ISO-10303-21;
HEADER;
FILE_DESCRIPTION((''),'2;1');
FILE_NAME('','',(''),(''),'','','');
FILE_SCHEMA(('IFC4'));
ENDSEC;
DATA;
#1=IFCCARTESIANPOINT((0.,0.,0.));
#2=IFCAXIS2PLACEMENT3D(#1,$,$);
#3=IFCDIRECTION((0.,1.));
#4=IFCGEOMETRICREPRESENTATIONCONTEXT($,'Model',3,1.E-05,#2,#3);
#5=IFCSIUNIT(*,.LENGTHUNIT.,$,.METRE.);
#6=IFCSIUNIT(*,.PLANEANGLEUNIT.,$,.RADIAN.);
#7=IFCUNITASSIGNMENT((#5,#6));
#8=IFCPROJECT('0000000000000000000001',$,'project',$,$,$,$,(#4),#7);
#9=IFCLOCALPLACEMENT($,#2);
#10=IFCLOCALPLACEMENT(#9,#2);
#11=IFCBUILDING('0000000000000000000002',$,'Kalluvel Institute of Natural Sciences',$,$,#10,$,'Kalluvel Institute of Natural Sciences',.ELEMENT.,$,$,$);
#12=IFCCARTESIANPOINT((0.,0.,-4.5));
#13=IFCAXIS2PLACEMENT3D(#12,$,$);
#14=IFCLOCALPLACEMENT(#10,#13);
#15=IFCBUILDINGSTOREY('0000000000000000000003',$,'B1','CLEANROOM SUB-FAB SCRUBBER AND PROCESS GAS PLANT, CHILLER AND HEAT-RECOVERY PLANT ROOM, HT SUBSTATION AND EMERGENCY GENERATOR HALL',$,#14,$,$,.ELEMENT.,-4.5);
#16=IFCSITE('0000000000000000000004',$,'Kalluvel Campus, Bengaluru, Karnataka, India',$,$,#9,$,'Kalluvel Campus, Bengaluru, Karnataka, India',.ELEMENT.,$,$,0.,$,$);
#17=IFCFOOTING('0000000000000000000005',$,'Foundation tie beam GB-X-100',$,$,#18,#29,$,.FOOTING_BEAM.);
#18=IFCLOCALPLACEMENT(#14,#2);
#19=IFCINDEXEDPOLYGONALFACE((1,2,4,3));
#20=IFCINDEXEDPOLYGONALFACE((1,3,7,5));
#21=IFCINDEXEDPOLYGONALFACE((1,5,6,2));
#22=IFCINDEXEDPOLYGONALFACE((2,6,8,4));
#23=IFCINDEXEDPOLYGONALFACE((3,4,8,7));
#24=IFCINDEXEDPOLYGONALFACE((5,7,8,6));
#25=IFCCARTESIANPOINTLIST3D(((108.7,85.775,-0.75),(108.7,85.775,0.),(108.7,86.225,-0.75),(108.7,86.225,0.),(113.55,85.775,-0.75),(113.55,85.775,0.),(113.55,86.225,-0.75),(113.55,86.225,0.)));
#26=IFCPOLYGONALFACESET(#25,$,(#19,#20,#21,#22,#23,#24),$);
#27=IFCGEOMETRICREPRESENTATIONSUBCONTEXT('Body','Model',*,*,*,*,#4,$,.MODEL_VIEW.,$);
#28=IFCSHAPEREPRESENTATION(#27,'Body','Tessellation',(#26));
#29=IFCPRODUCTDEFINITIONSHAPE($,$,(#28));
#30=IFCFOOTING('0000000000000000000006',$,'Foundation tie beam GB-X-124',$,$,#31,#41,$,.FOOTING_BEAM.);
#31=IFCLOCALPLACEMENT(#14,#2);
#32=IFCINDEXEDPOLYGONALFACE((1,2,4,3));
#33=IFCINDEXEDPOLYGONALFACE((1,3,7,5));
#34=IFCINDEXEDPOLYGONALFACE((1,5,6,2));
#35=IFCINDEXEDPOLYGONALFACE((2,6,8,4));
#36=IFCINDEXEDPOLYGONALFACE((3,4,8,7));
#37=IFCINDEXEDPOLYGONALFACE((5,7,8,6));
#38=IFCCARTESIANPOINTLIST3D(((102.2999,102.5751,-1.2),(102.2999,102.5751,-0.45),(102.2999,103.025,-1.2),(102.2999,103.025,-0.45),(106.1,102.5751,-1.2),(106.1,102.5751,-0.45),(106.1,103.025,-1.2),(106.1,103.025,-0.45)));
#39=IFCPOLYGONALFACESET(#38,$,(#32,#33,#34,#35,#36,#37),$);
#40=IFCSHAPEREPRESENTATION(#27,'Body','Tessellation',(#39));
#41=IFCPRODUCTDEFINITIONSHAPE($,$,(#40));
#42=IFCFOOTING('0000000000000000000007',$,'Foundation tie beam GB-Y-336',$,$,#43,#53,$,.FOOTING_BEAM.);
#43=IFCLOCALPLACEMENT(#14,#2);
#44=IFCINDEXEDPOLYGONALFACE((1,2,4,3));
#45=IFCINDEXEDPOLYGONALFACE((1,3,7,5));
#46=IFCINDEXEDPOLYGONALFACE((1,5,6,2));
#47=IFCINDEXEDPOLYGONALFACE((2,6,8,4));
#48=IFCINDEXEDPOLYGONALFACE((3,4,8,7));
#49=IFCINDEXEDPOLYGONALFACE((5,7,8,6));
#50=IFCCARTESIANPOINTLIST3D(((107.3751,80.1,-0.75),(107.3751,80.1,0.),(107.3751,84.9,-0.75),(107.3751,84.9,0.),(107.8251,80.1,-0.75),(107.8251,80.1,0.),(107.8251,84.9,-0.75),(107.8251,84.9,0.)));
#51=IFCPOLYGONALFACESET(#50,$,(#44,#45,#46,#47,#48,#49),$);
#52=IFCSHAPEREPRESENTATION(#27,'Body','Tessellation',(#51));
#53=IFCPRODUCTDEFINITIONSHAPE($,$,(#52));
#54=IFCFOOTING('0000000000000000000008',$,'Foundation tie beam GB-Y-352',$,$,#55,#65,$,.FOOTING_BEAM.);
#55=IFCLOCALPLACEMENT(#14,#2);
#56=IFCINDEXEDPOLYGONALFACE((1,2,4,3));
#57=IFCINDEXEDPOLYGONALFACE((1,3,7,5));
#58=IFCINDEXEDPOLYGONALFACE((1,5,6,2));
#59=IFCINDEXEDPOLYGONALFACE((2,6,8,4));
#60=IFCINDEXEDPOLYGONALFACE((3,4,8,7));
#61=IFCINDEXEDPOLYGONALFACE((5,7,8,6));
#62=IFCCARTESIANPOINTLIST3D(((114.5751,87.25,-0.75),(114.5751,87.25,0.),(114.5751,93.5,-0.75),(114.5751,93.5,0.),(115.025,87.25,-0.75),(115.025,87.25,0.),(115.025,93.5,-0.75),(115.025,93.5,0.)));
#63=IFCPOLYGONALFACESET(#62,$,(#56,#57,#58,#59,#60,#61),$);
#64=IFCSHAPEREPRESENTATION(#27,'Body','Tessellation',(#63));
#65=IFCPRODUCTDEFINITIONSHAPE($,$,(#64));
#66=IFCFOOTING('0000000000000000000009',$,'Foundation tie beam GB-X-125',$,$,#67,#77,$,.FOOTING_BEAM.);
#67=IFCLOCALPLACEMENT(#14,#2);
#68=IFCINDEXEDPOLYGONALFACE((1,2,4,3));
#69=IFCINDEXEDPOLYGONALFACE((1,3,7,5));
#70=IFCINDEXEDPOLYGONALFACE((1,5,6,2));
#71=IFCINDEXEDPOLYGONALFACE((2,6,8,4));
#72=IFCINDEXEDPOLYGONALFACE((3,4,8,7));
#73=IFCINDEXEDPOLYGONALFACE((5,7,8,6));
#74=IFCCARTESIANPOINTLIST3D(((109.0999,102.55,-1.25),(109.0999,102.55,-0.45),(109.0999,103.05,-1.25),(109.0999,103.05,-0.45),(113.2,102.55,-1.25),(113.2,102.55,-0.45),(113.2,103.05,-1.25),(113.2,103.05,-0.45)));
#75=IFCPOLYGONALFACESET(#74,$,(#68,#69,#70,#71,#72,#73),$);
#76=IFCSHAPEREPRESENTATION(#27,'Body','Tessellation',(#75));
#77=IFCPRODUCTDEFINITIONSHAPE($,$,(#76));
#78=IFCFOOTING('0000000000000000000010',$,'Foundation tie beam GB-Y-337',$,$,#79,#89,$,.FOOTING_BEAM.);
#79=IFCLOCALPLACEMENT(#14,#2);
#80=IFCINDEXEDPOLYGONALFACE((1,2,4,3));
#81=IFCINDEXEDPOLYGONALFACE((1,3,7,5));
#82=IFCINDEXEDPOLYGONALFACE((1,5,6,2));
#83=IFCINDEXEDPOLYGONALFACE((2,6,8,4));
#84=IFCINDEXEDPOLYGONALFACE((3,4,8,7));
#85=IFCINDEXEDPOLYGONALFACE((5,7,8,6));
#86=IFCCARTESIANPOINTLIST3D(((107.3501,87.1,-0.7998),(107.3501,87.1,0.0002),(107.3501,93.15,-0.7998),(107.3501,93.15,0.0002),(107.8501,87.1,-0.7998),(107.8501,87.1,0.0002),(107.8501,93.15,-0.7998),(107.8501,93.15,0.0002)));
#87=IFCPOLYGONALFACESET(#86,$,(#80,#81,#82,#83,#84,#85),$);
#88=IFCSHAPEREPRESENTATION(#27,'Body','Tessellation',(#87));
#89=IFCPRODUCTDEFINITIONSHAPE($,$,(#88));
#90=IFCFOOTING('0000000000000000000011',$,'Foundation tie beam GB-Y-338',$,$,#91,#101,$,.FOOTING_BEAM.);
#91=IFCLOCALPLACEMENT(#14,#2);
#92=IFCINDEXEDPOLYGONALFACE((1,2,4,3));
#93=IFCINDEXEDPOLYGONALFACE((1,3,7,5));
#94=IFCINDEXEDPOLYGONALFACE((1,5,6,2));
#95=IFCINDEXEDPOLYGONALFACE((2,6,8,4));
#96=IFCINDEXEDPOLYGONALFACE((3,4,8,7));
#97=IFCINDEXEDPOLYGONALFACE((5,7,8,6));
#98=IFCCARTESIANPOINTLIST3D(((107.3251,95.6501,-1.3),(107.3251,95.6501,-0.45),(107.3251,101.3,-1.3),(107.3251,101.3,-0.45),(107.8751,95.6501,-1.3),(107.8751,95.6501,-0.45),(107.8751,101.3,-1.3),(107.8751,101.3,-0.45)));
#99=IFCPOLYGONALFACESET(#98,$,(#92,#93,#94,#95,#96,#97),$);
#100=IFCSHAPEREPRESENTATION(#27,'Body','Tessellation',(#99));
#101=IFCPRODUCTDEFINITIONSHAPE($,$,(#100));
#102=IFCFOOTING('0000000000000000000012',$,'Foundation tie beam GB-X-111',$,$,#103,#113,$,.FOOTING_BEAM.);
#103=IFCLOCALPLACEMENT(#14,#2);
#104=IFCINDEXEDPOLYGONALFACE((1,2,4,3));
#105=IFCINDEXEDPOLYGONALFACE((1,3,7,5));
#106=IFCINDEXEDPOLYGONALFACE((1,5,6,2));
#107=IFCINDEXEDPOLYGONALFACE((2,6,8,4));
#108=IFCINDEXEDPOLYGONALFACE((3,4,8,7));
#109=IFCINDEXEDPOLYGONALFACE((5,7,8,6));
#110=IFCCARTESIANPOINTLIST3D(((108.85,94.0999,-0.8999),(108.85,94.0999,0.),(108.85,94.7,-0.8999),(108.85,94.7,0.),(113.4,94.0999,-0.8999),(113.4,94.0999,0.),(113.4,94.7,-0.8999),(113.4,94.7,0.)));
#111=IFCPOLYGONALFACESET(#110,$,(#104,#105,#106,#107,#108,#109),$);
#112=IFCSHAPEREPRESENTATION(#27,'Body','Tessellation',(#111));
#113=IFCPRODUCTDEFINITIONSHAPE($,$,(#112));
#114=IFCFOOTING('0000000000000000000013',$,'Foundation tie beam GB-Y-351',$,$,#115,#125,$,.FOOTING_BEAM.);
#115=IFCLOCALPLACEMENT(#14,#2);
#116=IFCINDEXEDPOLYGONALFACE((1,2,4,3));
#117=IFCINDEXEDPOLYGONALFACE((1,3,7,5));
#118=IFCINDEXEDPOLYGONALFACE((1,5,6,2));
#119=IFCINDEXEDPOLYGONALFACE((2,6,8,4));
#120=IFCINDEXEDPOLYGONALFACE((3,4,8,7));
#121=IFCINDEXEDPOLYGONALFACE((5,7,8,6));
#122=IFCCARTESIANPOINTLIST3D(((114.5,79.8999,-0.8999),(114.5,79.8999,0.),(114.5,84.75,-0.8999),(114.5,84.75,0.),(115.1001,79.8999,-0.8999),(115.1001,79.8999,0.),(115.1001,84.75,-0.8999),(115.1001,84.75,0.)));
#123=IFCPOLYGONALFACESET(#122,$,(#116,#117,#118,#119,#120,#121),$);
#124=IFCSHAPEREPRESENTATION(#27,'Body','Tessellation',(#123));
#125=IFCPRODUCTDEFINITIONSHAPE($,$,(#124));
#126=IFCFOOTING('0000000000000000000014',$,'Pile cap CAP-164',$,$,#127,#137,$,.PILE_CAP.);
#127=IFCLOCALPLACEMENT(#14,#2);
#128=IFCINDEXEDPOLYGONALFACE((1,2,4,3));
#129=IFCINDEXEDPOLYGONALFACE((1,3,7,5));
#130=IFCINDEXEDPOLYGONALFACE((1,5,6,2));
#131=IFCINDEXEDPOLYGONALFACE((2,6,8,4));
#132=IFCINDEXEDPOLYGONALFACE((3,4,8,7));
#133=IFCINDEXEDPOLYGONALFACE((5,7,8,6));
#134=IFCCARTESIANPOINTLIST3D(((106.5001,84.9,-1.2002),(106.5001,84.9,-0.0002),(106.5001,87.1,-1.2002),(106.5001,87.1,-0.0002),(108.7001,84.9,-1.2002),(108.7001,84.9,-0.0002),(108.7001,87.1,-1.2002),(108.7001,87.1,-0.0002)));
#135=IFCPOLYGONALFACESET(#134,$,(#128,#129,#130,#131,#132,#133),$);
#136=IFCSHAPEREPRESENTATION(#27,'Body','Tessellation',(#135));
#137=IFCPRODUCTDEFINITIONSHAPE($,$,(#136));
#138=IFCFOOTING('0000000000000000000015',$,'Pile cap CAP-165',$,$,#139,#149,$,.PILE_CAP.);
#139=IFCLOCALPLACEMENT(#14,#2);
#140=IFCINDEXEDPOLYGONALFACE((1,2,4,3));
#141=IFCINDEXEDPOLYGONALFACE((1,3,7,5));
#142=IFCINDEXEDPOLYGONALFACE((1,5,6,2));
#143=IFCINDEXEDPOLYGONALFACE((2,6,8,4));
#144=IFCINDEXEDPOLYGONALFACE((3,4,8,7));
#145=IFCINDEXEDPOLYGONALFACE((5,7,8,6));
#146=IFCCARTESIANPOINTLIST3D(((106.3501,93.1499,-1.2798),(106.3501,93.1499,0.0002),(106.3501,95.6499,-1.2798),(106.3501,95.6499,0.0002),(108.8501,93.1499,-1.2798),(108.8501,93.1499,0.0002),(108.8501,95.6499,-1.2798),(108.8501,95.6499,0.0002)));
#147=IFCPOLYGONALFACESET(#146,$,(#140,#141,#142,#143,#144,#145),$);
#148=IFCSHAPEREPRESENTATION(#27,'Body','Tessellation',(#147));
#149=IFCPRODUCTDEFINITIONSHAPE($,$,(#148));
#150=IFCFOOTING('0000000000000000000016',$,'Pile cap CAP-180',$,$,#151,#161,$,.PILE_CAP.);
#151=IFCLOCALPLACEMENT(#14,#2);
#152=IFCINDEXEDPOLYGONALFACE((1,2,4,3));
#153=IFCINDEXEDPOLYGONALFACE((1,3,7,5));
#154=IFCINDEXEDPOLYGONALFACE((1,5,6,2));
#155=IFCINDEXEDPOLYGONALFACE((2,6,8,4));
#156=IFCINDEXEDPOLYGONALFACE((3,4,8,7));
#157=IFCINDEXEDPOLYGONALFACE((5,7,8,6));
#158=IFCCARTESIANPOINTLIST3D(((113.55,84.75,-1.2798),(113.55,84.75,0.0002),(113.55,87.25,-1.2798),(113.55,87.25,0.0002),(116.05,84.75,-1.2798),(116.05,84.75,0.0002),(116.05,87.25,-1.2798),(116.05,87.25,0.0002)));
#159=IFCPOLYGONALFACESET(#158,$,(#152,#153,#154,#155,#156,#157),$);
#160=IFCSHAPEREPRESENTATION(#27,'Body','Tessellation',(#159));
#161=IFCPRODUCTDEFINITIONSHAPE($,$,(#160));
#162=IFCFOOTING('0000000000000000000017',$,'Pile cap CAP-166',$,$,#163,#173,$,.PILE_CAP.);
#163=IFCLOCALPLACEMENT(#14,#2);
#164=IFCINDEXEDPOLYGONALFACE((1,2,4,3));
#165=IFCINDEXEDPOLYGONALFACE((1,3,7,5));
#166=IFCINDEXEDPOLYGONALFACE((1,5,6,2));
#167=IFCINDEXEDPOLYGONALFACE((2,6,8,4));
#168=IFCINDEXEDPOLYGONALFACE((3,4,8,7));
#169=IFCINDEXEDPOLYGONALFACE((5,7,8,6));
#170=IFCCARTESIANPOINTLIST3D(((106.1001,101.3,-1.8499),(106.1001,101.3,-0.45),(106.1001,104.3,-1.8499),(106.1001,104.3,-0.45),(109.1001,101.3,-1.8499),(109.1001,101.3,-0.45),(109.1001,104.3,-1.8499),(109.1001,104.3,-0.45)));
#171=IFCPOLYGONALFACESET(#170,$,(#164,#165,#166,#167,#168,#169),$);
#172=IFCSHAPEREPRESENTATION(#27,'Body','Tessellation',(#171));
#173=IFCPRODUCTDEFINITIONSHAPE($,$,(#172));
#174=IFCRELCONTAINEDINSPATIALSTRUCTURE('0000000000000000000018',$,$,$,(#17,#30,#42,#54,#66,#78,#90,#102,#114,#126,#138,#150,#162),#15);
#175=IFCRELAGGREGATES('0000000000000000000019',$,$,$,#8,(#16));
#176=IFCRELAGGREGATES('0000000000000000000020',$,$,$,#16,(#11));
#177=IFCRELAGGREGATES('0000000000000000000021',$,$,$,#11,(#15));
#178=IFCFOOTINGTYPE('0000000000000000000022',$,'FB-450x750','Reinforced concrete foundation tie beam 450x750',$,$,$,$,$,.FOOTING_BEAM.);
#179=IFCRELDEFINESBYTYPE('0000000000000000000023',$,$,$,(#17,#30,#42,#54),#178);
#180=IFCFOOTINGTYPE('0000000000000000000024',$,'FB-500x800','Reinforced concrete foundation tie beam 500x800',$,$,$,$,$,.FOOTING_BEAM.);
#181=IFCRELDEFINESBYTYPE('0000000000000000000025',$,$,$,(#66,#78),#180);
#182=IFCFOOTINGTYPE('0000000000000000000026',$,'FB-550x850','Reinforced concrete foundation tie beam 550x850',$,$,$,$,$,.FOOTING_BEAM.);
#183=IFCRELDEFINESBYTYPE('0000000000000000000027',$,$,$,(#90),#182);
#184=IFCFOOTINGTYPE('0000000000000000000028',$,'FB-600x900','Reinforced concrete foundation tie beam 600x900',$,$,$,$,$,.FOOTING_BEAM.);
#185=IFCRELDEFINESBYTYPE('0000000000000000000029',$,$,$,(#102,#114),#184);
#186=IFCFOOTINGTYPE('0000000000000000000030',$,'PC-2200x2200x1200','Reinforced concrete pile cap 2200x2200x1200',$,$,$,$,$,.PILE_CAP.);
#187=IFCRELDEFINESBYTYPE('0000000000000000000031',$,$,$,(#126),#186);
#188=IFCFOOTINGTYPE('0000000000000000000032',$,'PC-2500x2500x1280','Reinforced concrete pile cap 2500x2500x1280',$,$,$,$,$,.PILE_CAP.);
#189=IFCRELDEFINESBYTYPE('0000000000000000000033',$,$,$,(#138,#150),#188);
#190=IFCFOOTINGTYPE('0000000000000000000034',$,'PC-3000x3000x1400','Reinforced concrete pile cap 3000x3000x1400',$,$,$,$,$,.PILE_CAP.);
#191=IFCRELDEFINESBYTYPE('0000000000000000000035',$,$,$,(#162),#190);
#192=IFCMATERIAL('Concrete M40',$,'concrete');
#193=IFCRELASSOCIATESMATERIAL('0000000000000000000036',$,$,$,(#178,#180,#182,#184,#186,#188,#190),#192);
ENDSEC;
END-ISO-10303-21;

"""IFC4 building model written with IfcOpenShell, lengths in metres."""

from ifc_helpers import new_model, si_unit, direction, frame, origin, origin_2d, place, context, subcontext, project, spatial, rectangle, extrude, material, type_object, element, save


model = new_model("IFC4")

# Units and contexts
model_context = context("Model", 3, precision=1e-05, world=origin(), true_north=direction((0.0, 1.0)))
body_context = subcontext(model_context, "Body", "Model", "MODEL_VIEW")
ifc_project = project(units=[si_unit("LENGTHUNIT", "METRE"), si_unit("PLANEANGLEUNIT", "RADIAN")], contexts=[model_context])

# Site, building, storey
site_placement = place(None, origin())
site = spatial("IfcSite", under=ifc_project, at=site_placement, Name="Kalluvel Campus, Bengaluru, Karnataka, India", LongName="Kalluvel Campus, Bengaluru, Karnataka, India", CompositionType="ELEMENT", RefElevation=0.0)
building_placement = place(site_placement, origin())
building = spatial("IfcBuilding", under=site, at=building_placement, Name="Kalluvel Institute of Natural Sciences", LongName="Kalluvel Institute of Natural Sciences", CompositionType="ELEMENT")
storey_placement = place(building_placement, frame((0.0, 0.0, -4.5)))
storey = spatial("IfcBuildingStorey", under=building, at=storey_placement, Name="B1", Description="CLEANROOM SUB-FAB SCRUBBER AND PROCESS GAS PLANT, CHILLER AND HEAT-RECOVERY PLANT ROOM, HT SUBSTATION AND EMERGENCY GENERATOR HALL", CompositionType="ELEMENT", Elevation=-4.5)

# Footings
ifc_material_1 = material(Name="Concrete M40", Category="concrete")
footing_type_1 = type_object("IfcFootingType", Name="FB-450x750", Description="Reinforced concrete foundation tie beam 450x750", PredefinedType="FOOTING_BEAM", material=ifc_material_1)
footing_1_placement = place(storey_placement, frame((111.125, 86.0, -0.75), z_axis=(0.0, 0.0, 1.0), x_axis=(1.0, 0.0, 0.0)))
element("IfcFooting", 1, at=footing_1_placement, inside=storey, type_object=footing_type_1, Name="Foundation tie beam GB-X-100", PredefinedType="FOOTING_BEAM", context=body_context, shape_type="SweptSolid", body=[
    extrude(rectangle(XDim=4.8501, YDim=0.45, at=origin_2d()), origin(), (0.0, 0.0, 1.0), 0.75),
])
footing_2_placement = place(storey_placement, frame((104.2, 102.8, -1.2), z_axis=(0.0, 0.0, 1.0), x_axis=(1.0, 0.0, 0.0)))
element("IfcFooting", 2, at=footing_2_placement, inside=storey, type_object=footing_type_1, Name="Foundation tie beam GB-X-124", PredefinedType="FOOTING_BEAM", context=body_context, shape_type="SweptSolid", body=[
    extrude(rectangle(XDim=3.8, YDim=0.45, at=origin_2d()), origin(), (0.0, 0.0, 1.0), 0.75),
])
footing_3_placement = place(storey_placement, frame((107.6001, 82.5, -0.75), z_axis=(0.0, 0.0, 1.0), x_axis=(1.0, 0.0, 0.0)))
element("IfcFooting", 3, at=footing_3_placement, inside=storey, type_object=footing_type_1, Name="Foundation tie beam GB-Y-336", PredefinedType="FOOTING_BEAM", context=body_context, shape_type="SweptSolid", body=[
    extrude(rectangle(XDim=0.45, YDim=4.8, at=origin_2d()), origin(), (0.0, 0.0, 1.0), 0.75),
])
footing_4_placement = place(storey_placement, frame((114.8, 90.375, -0.75), z_axis=(0.0, 0.0, 1.0), x_axis=(1.0, 0.0, 0.0)))
element("IfcFooting", 4, at=footing_4_placement, inside=storey, type_object=footing_type_1, Name="Foundation tie beam GB-Y-352", PredefinedType="FOOTING_BEAM", context=body_context, shape_type="SweptSolid", body=[
    extrude(rectangle(XDim=0.45, YDim=6.25, at=origin_2d()), origin(), (0.0, 0.0, 1.0), 0.75),
])
footing_type_2 = type_object("IfcFootingType", Name="FB-500x800", Description="Reinforced concrete foundation tie beam 500x800", PredefinedType="FOOTING_BEAM", material=ifc_material_1)
footing_5_placement = place(storey_placement, frame((111.1499, 102.8, -1.25), z_axis=(0.0, 0.0, 1.0), x_axis=(1.0, 0.0, 0.0)))
element("IfcFooting", 5, at=footing_5_placement, inside=storey, type_object=footing_type_2, Name="Foundation tie beam GB-X-125", PredefinedType="FOOTING_BEAM", context=body_context, shape_type="SweptSolid", body=[
    extrude(rectangle(XDim=4.1001, YDim=0.5, at=origin_2d()), origin(), (0.0, 0.0, 1.0), 0.8),
])
footing_6_placement = place(storey_placement, frame((107.6001, 90.125, -0.7998), z_axis=(0.0, 0.0, 1.0), x_axis=(1.0, 0.0, 0.0)))
element("IfcFooting", 6, at=footing_6_placement, inside=storey, type_object=footing_type_2, Name="Foundation tie beam GB-Y-337", PredefinedType="FOOTING_BEAM", context=body_context, shape_type="SweptSolid", body=[
    extrude(rectangle(XDim=0.5, YDim=6.05, at=origin_2d()), origin(), (0.0, 0.0, 1.0), 0.8),
])
footing_type_3 = type_object("IfcFootingType", Name="FB-550x850", Description="Reinforced concrete foundation tie beam 550x850", PredefinedType="FOOTING_BEAM", material=ifc_material_1)
footing_7_placement = place(storey_placement, frame((107.6001, 98.4751, -1.3), z_axis=(0.0, 0.0, 1.0), x_axis=(1.0, 0.0, 0.0)))
element("IfcFooting", 7, at=footing_7_placement, inside=storey, type_object=footing_type_3, Name="Foundation tie beam GB-Y-338", PredefinedType="FOOTING_BEAM", context=body_context, shape_type="SweptSolid", body=[
    extrude(rectangle(XDim=0.55, YDim=5.6499, at=origin_2d()), origin(), (0.0, 0.0, 1.0), 0.8501),
])
footing_type_4 = type_object("IfcFootingType", Name="FB-600x900", Description="Reinforced concrete foundation tie beam 600x900", PredefinedType="FOOTING_BEAM", material=ifc_material_1)
footing_8_placement = place(storey_placement, frame((111.125, 94.3999, -0.8999), z_axis=(0.0, 0.0, 1.0), x_axis=(1.0, 0.0, 0.0)))
element("IfcFooting", 8, at=footing_8_placement, inside=storey, type_object=footing_type_4, Name="Foundation tie beam GB-X-111", PredefinedType="FOOTING_BEAM", context=body_context, shape_type="SweptSolid", body=[
    extrude(rectangle(XDim=4.55, YDim=0.6001, at=origin_2d()), origin(), (0.0, 0.0, 1.0), 0.8999),
])
footing_9_placement = place(storey_placement, frame((114.8, 82.325, -0.8999), z_axis=(0.0, 0.0, 1.0), x_axis=(1.0, 0.0, 0.0)))
element("IfcFooting", 9, at=footing_9_placement, inside=storey, type_object=footing_type_4, Name="Foundation tie beam GB-Y-351", PredefinedType="FOOTING_BEAM", context=body_context, shape_type="SweptSolid", body=[
    extrude(rectangle(XDim=0.6001, YDim=4.8501, at=origin_2d()), origin(), (0.0, 0.0, 1.0), 0.8999),
])
footing_type_5 = type_object("IfcFootingType", Name="PC-2200x2200x1200", Description="Reinforced concrete pile cap 2200x2200x1200", PredefinedType="PILE_CAP", material=ifc_material_1)
footing_10_placement = place(storey_placement, frame((107.6001, 86.0, -1.2002), z_axis=(0.0, 0.0, 1.0), x_axis=(1.0, 0.0, 0.0)))
element("IfcFooting", 10, at=footing_10_placement, inside=storey, type_object=footing_type_5, Name="Pile cap CAP-164", PredefinedType="PILE_CAP", context=body_context, shape_type="SweptSolid", body=[
    extrude(rectangle(XDim=2.2, YDim=2.2, at=origin_2d()), origin(), (0.0, 0.0, 1.0), 1.2),
])
footing_type_6 = type_object("IfcFootingType", Name="PC-2500x2500x1280", Description="Reinforced concrete pile cap 2500x2500x1280", PredefinedType="PILE_CAP", material=ifc_material_1)
for number, where, z_axis, x_axis, name in (
    (11, (107.6001, 94.3999, -1.2798), (0.0, 0.0, 1.0), (1.0, 0.0, 0.0), "Pile cap CAP-165"),
    (12, (114.8, 86.0, -1.2798), (0.0, 0.0, 1.0), (1.0, 0.0, 0.0), "Pile cap CAP-180"),
):
    element("IfcFooting", number, at=place(storey_placement, frame(where, z_axis=z_axis, x_axis=x_axis)), inside=storey, type_object=footing_type_6, Name=name, PredefinedType="PILE_CAP", context=body_context, shape_type="SweptSolid", body=[
        extrude(rectangle(XDim=2.5, YDim=2.5, at=origin_2d()), origin(), (0.0, 0.0, 1.0), 1.28),
    ])
footing_type_7 = type_object("IfcFootingType", Name="PC-3000x3000x1400", Description="Reinforced concrete pile cap 3000x3000x1400", PredefinedType="PILE_CAP", material=ifc_material_1)
footing_11_placement = place(storey_placement, frame((107.6001, 102.8, -1.8499), z_axis=(0.0, 0.0, 1.0), x_axis=(1.0, 0.0, 0.0)))
element("IfcFooting", 13, at=footing_11_placement, inside=storey, type_object=footing_type_7, Name="Pile cap CAP-166", PredefinedType="PILE_CAP", context=body_context, shape_type="SweptSolid", body=[
    extrude(rectangle(XDim=3.0, YDim=3.0, at=origin_2d()), origin(), (0.0, 0.0, 1.0), 1.3999),
])

save(model, "model.ifc")
